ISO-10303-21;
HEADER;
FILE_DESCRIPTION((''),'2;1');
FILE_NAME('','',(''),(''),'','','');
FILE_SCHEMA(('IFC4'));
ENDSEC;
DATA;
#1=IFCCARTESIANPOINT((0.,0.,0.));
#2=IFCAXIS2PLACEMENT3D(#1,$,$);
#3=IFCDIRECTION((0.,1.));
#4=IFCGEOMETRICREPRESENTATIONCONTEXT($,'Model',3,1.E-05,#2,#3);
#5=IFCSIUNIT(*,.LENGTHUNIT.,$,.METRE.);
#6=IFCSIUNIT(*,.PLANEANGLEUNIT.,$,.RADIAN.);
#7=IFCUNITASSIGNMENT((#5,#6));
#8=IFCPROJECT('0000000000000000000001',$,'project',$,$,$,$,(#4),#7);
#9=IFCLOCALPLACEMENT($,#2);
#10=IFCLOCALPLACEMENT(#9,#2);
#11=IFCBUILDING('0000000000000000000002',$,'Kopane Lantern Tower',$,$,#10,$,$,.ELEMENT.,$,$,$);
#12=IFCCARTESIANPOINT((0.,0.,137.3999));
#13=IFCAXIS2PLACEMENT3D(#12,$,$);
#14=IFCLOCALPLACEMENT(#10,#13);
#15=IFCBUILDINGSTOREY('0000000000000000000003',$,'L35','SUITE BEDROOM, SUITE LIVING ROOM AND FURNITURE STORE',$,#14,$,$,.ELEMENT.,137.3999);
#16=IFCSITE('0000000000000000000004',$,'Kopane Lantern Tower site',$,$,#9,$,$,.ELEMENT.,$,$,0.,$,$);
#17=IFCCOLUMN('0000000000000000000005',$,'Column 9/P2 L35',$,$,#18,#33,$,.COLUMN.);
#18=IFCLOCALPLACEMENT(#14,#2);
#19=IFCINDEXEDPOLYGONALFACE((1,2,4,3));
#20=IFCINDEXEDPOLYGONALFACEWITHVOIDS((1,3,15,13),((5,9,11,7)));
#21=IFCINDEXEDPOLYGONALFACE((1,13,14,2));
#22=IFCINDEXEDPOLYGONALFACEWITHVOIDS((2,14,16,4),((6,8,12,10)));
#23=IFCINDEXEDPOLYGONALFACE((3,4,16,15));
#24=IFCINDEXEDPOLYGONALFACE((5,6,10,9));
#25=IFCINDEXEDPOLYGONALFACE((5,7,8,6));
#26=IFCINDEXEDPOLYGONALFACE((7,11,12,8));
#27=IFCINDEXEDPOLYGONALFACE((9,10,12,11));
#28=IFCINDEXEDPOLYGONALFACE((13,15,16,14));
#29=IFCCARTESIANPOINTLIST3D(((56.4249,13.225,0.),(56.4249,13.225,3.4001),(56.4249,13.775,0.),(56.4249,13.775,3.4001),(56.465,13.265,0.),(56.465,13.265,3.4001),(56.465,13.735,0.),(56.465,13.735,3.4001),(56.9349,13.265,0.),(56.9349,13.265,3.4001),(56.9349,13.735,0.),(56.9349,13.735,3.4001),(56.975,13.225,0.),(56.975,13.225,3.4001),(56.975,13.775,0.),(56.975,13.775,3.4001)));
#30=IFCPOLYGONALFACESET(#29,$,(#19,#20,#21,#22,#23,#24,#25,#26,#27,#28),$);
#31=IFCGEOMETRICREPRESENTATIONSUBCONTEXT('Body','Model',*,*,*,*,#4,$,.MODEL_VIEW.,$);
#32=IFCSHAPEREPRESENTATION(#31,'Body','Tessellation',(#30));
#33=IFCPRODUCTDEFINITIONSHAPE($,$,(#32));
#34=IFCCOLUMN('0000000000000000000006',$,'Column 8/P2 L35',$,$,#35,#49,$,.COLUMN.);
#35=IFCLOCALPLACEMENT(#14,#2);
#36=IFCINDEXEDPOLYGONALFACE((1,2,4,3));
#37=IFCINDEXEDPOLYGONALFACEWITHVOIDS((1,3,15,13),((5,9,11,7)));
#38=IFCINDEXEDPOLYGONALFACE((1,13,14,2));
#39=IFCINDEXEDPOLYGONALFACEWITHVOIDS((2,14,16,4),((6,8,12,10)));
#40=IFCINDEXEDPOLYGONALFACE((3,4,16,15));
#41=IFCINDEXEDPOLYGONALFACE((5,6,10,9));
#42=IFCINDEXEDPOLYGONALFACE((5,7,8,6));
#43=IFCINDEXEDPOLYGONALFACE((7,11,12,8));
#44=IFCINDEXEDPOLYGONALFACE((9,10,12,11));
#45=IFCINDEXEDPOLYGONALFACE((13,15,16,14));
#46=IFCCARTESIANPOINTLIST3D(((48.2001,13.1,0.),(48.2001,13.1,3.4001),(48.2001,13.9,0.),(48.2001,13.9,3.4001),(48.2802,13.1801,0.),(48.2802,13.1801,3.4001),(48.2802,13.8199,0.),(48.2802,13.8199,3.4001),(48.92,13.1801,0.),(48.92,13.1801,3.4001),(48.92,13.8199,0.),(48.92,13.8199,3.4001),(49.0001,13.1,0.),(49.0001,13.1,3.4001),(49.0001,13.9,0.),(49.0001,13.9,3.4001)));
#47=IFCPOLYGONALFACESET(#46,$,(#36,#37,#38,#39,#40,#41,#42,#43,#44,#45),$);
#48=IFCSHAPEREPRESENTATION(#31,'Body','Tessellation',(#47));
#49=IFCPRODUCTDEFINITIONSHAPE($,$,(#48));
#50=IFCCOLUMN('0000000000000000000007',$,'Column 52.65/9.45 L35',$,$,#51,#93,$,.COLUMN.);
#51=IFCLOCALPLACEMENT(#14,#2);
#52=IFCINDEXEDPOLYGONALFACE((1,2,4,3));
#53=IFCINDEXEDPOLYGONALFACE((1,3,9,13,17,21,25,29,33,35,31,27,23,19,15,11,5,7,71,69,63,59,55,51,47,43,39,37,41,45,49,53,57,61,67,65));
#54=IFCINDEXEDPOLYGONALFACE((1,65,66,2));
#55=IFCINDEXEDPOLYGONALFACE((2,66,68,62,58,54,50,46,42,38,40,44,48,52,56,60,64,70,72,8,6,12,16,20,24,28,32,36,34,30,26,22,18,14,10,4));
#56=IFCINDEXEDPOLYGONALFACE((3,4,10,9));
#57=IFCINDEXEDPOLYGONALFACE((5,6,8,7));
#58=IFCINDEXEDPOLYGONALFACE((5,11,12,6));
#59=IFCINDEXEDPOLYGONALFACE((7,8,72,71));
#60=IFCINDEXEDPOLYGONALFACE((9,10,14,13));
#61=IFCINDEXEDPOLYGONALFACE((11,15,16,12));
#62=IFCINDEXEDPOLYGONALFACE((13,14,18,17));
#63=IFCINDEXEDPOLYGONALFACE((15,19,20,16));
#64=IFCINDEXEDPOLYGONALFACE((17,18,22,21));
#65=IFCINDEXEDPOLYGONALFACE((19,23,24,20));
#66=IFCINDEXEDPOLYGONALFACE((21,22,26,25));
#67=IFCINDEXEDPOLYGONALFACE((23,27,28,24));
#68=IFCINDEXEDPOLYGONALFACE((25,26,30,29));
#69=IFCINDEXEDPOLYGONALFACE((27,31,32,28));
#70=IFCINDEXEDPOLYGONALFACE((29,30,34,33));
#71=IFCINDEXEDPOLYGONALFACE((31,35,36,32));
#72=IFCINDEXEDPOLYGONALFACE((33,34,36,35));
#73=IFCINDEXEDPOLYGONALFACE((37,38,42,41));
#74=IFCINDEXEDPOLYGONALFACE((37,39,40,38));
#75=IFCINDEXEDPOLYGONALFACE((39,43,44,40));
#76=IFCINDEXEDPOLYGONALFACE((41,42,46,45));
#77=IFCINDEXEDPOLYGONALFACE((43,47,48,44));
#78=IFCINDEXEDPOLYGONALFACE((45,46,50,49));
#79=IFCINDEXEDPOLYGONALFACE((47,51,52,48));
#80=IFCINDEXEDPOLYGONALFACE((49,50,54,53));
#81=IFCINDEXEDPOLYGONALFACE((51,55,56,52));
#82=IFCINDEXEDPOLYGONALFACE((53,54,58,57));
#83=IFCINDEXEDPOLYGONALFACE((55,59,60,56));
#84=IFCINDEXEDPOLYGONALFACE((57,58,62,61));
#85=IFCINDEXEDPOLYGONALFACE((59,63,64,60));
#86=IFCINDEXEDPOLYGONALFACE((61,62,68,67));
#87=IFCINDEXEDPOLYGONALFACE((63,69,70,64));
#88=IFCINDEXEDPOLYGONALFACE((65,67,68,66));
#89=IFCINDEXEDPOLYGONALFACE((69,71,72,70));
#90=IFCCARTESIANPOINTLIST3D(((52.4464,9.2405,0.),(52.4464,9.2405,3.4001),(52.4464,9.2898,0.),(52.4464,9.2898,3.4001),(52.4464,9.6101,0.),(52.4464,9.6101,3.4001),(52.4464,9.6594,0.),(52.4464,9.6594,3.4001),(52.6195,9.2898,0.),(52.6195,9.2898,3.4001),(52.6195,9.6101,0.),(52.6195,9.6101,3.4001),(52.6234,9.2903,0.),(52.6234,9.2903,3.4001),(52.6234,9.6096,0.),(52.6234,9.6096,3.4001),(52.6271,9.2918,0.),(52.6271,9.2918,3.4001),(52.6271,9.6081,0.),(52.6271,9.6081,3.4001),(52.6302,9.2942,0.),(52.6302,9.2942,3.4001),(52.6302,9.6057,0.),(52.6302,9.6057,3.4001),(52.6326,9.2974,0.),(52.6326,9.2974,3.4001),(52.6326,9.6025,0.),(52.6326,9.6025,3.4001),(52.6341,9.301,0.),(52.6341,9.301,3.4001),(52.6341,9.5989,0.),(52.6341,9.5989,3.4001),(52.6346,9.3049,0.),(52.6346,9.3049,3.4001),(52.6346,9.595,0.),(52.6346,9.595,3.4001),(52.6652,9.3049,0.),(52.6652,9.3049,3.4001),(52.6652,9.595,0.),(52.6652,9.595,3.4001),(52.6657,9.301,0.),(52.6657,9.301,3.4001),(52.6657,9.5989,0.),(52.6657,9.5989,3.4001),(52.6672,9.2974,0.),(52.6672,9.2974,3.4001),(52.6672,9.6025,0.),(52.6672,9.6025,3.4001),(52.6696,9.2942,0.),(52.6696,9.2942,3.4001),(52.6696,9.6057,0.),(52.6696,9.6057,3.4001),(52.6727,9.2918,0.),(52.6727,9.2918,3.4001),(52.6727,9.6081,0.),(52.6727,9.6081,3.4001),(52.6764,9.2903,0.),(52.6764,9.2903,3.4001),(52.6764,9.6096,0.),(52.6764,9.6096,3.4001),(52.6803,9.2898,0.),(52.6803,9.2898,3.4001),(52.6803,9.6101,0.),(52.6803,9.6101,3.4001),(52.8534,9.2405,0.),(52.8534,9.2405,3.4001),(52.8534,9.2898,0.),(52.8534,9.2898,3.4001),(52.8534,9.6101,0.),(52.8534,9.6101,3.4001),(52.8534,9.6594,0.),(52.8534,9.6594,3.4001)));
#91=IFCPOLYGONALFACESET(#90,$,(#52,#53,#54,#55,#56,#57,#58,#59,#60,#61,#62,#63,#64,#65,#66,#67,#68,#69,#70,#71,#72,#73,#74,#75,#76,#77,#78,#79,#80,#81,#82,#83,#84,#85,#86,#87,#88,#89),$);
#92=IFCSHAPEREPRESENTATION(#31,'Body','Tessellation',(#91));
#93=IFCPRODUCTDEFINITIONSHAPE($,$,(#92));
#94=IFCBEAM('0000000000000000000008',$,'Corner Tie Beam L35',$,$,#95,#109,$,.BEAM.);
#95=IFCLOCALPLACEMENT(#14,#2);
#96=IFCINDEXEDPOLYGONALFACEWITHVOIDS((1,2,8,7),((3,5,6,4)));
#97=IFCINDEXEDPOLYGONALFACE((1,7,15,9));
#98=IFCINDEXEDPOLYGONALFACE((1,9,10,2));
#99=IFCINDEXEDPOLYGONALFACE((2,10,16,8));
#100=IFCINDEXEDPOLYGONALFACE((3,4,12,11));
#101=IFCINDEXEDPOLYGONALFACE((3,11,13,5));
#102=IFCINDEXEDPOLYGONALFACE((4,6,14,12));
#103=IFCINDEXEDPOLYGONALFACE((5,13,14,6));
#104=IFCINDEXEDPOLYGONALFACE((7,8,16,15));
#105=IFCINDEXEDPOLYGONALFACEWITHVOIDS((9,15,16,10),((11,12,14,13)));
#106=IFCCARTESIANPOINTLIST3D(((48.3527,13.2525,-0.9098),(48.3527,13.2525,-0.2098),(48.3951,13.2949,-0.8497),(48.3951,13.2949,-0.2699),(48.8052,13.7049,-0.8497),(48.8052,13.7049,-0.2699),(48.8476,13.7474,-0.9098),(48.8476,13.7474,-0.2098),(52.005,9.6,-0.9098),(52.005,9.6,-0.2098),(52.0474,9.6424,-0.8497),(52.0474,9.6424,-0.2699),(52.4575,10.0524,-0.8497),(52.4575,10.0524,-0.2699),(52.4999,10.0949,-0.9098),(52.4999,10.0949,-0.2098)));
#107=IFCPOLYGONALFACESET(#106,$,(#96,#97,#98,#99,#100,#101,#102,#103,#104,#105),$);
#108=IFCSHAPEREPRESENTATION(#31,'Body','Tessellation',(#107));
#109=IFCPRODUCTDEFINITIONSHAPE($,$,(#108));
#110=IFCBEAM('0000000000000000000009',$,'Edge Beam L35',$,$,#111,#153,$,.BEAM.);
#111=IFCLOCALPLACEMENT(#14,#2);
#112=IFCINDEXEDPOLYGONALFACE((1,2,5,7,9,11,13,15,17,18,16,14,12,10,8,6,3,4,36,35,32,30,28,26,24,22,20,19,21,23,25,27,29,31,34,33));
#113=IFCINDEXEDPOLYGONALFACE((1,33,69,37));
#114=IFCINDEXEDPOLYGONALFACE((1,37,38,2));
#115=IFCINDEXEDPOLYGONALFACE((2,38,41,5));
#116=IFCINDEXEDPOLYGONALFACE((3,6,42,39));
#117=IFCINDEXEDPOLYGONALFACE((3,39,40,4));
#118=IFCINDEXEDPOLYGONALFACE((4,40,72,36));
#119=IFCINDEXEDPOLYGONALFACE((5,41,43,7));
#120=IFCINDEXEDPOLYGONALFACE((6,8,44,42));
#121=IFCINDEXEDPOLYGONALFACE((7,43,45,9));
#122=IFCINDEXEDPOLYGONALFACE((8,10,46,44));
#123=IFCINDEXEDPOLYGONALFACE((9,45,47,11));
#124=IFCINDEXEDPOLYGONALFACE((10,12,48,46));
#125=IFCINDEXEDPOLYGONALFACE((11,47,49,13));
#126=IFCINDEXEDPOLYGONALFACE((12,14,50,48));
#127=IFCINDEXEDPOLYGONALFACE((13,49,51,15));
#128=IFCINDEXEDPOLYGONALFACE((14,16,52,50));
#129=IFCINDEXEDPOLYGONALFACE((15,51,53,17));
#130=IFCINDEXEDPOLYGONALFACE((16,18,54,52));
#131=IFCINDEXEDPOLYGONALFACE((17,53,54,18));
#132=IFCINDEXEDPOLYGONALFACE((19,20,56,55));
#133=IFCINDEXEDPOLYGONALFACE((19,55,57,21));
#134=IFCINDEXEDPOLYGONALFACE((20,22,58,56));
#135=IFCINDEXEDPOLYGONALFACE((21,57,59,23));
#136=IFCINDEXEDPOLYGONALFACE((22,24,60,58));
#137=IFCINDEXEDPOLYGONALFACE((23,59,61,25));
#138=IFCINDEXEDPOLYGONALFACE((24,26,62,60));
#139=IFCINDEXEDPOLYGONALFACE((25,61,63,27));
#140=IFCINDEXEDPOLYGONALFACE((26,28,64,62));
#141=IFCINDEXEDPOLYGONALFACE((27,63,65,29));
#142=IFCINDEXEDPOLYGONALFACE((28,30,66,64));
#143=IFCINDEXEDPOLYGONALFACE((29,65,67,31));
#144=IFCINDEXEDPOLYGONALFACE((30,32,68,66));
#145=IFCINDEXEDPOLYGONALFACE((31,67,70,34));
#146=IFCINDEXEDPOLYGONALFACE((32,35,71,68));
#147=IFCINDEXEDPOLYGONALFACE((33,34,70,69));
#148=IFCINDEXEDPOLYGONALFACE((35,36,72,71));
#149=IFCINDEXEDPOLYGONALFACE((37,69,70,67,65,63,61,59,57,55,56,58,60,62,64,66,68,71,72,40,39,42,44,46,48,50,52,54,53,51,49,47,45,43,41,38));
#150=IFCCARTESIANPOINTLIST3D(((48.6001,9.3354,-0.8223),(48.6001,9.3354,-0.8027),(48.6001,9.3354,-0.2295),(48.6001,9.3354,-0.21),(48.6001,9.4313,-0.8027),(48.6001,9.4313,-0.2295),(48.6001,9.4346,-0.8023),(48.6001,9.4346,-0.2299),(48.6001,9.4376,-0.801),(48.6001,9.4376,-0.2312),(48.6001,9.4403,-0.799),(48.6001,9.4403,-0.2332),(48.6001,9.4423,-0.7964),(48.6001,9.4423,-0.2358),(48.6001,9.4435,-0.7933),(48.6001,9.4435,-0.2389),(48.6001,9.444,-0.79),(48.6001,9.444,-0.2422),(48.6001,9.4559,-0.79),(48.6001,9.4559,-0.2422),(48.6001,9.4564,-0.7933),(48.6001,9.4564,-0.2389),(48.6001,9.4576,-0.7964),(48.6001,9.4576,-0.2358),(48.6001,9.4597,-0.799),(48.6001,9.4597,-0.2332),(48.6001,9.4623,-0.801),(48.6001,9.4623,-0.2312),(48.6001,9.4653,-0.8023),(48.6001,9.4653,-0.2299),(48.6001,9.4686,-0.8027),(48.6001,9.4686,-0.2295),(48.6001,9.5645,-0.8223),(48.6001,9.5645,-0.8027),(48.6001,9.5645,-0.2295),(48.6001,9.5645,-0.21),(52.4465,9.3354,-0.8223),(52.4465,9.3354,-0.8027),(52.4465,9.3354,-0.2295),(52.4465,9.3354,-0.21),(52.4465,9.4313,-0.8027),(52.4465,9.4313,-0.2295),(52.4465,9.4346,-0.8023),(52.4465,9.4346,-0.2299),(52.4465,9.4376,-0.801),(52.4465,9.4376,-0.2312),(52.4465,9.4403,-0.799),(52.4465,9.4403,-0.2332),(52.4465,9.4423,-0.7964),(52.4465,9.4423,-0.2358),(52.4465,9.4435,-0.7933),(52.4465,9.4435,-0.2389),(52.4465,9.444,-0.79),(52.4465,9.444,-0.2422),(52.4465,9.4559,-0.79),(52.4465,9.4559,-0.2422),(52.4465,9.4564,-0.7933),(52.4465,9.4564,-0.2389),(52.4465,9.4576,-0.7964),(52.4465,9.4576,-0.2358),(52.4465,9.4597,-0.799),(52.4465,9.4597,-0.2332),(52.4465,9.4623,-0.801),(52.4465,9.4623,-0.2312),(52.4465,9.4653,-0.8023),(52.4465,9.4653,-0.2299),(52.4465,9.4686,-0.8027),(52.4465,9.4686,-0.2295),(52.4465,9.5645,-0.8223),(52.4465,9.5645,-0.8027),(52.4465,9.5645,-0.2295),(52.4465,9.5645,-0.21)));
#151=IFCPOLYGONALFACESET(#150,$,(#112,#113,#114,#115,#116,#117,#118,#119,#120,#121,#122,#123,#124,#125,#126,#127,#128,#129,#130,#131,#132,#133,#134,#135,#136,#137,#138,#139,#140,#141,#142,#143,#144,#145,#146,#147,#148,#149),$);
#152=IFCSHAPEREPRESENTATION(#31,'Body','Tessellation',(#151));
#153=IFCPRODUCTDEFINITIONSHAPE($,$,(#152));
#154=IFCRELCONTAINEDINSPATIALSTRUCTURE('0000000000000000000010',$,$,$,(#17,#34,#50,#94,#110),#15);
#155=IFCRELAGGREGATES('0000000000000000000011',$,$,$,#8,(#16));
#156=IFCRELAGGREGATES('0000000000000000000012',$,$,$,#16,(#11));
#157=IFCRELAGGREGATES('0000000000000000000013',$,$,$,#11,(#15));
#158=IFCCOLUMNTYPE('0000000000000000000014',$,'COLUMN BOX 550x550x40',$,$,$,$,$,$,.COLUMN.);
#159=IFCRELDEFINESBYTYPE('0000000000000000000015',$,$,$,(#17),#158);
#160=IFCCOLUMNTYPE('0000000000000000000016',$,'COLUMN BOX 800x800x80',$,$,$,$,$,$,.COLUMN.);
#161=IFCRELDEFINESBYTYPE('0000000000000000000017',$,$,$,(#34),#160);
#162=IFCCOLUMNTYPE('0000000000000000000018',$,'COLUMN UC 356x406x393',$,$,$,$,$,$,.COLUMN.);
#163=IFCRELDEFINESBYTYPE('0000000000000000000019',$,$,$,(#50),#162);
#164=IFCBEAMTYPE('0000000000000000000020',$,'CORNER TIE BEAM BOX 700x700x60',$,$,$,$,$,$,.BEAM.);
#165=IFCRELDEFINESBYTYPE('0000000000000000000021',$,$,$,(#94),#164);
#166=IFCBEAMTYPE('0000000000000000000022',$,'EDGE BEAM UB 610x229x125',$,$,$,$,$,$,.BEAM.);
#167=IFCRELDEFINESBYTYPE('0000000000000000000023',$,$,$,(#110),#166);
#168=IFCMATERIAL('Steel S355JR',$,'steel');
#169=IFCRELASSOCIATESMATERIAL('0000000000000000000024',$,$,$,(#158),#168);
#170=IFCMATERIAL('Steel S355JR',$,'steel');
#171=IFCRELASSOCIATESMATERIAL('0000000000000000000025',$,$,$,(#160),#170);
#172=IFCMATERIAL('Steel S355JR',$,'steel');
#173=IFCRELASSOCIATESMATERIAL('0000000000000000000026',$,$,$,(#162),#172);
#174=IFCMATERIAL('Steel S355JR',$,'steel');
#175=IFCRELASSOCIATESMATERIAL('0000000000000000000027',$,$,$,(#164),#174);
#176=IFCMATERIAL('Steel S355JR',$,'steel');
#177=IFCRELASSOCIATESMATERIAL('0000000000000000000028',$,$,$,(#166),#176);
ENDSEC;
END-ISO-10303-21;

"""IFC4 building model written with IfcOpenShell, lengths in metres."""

from ifc_helpers import new_model, si_unit, direction, frame, origin, origin_2d, place, context, subcontext, project, spatial, hollow_rectangle, i_section, extrude, material, material_profile, profile_set, type_object, element, save


model = new_model("IFC4")

# Units and contexts
model_context = context("Model", 3, precision=1e-05, world=origin(), true_north=direction((0.0, 1.0)))
body_context = subcontext(model_context, "Body", "Model", "MODEL_VIEW")
ifc_project = project(units=[si_unit("LENGTHUNIT", "METRE"), si_unit("PLANEANGLEUNIT", "RADIAN")], contexts=[model_context])

# Site, building, storey
site_placement = place(None, origin())
site = spatial("IfcSite", under=ifc_project, at=site_placement, Name="Kopane Lantern Tower site", CompositionType="ELEMENT", RefElevation=0.0)
building_placement = place(site_placement, origin())
building = spatial("IfcBuilding", under=site, at=building_placement, Name="Kopane Lantern Tower", CompositionType="ELEMENT")
storey_placement = place(building_placement, frame((0.0, 0.0, 137.3999)))
storey = spatial("IfcBuildingStorey", under=building, at=storey_placement, Name="L35", Description="SUITE BEDROOM, SUITE LIVING ROOM AND FURNITURE STORE", CompositionType="ELEMENT", Elevation=137.3999)

# Columns
ifc_material_1 = material(Name="Steel S355JR", Category="steel")
ifc_material_profile_1 = material_profile(ifc_material_1, hollow_rectangle(XDim=0.55, YDim=0.55, WallThickness=0.04, at=origin_2d()), Name="BOX 550x550x40")
ifc_profile_set_1 = profile_set([ifc_material_profile_1], Name="Steel S355JR")
column_type_1 = type_object("IfcColumnType", Name="COLUMN BOX 550x550x40", PredefinedType="COLUMN", material=ifc_profile_set_1)
column_1_placement = place(storey_placement, frame((56.7, 13.5, 0.0), z_axis=(0.0, 0.0, 1.0), x_axis=(1.0, 0.0, 0.0)))
element("IfcColumn", 1, at=column_1_placement, inside=storey, type_object=column_type_1, Name="Column 9/P2 L35", PredefinedType="COLUMN", context=body_context, shape_type="SweptSolid", body=[
    extrude(hollow_rectangle(XDim=0.55, YDim=0.55, WallThickness=0.04, at=origin_2d()), origin(), (0.0, 0.0, 1.0), 3.4001),
])
ifc_material_2 = material(Name="Steel S355JR", Category="steel")
ifc_material_profile_2 = material_profile(ifc_material_2, hollow_rectangle(XDim=0.8, YDim=0.8, WallThickness=0.0801, at=origin_2d()), Name="BOX 800x800x80")
ifc_profile_set_2 = profile_set([ifc_material_profile_2], Name="Steel S355JR")
column_type_2 = type_object("IfcColumnType", Name="COLUMN BOX 800x800x80", PredefinedType="COLUMN", material=ifc_profile_set_2)
column_2_placement = place(storey_placement, frame((48.6001, 13.5, 0.0), z_axis=(0.0, 0.0, 1.0), x_axis=(1.0, 0.0, 0.0)))
element("IfcColumn", 2, at=column_2_placement, inside=storey, type_object=column_type_2, Name="Column 8/P2 L35", PredefinedType="COLUMN", context=body_context, shape_type="SweptSolid", body=[
    extrude(hollow_rectangle(XDim=0.8, YDim=0.8, WallThickness=0.0801, at=origin_2d()), origin(), (0.0, 0.0, 1.0), 3.4001),
])
ifc_material_3 = material(Name="Steel S355JR", Category="steel")
ifc_material_profile_3 = material_profile(ifc_material_3, i_section(OverallWidth=0.407, OverallDepth=0.4189, WebThickness=0.0305, FlangeThickness=0.0493, FilletRadius=0.0151, at=origin_2d()), Name="UC 356x406x393")
ifc_profile_set_3 = profile_set([ifc_material_profile_3], Name="Steel S355JR")
column_type_3 = type_object("IfcColumnType", Name="COLUMN UC 356x406x393", PredefinedType="COLUMN", material=ifc_profile_set_3)
column_3_placement = place(storey_placement, frame((52.6499, 9.45, 0.0), z_axis=(0.0, 0.0, 1.0), x_axis=(1.0, 0.0, 0.0)))
element("IfcColumn", 3, at=column_3_placement, inside=storey, type_object=column_type_3, Name="Column 52.65/9.45 L35", PredefinedType="COLUMN", context=body_context, shape_type="SweptSolid", body=[
    extrude(i_section(OverallWidth=0.407, OverallDepth=0.4189, WebThickness=0.0305, FlangeThickness=0.0493, FilletRadius=0.0151, at=origin_2d()), origin(), (0.0, 0.0, 1.0), 3.4001),
])

# Beams
ifc_material_4 = material(Name="Steel S355JR", Category="steel")
ifc_material_profile_4 = material_profile(ifc_material_4, hollow_rectangle(XDim=0.7, YDim=0.7, WallThickness=0.0601, at=origin_2d()), Name="BOX 700x700x60")
ifc_profile_set_4 = profile_set([ifc_material_profile_4], Name="Steel S355JR")
beam_type_1 = type_object("IfcBeamType", Name="CORNER TIE BEAM BOX 700x700x60", PredefinedType="BEAM", material=ifc_profile_set_4)
beam_1_placement = place(storey_placement, frame((52.2524, 9.8474, -0.5598), z_axis=(-0.707083, 0.70713, 0.0), x_axis=(-0.70713, -0.707083, 0.0)))
element("IfcBeam", 4, at=beam_1_placement, inside=storey, type_object=beam_type_1, Name="Corner Tie Beam L35", PredefinedType="BEAM", context=body_context, shape_type="SweptSolid", body=[
    extrude(hollow_rectangle(XDim=0.7, YDim=0.7, WallThickness=0.0601, at=origin_2d()), origin(), (0.0, 0.0, 1.0), 5.1653),
])
ifc_material_5 = material(Name="Steel S355JR", Category="steel")
ifc_material_profile_5 = material_profile(ifc_material_5, i_section(OverallWidth=0.229, OverallDepth=0.6123, WebThickness=0.012, FlangeThickness=0.0195, FilletRadius=0.0127, at=origin_2d()), Name="UB 610x229x125")
ifc_profile_set_5 = profile_set([ifc_material_profile_5], Name="Steel S355JR")
beam_type_2 = type_object("IfcBeamType", Name="EDGE BEAM UB 610x229x125", PredefinedType="BEAM", material=ifc_profile_set_5)
for number, where, z_axis, x_axis, name in (
    (5, (52.4465, 9.45, -0.5161), (-1.0, 0.0, 0.0), (0.0, -1.0, 0.0), "Edge Beam L35"),
):
    element("IfcBeam", number, at=place(storey_placement, frame(where, z_axis=z_axis, x_axis=x_axis)), inside=storey, type_object=beam_type_2, Name=name, PredefinedType="BEAM", context=body_context, shape_type="SweptSolid", body=[
        extrude(i_section(OverallWidth=0.229, OverallDepth=0.6123, WebThickness=0.012, FlangeThickness=0.0195, FilletRadius=0.0127, at=origin_2d()), origin(), (0.0, 0.0, 1.0), 3.8464),
    ])

save(model, "model.ifc")
